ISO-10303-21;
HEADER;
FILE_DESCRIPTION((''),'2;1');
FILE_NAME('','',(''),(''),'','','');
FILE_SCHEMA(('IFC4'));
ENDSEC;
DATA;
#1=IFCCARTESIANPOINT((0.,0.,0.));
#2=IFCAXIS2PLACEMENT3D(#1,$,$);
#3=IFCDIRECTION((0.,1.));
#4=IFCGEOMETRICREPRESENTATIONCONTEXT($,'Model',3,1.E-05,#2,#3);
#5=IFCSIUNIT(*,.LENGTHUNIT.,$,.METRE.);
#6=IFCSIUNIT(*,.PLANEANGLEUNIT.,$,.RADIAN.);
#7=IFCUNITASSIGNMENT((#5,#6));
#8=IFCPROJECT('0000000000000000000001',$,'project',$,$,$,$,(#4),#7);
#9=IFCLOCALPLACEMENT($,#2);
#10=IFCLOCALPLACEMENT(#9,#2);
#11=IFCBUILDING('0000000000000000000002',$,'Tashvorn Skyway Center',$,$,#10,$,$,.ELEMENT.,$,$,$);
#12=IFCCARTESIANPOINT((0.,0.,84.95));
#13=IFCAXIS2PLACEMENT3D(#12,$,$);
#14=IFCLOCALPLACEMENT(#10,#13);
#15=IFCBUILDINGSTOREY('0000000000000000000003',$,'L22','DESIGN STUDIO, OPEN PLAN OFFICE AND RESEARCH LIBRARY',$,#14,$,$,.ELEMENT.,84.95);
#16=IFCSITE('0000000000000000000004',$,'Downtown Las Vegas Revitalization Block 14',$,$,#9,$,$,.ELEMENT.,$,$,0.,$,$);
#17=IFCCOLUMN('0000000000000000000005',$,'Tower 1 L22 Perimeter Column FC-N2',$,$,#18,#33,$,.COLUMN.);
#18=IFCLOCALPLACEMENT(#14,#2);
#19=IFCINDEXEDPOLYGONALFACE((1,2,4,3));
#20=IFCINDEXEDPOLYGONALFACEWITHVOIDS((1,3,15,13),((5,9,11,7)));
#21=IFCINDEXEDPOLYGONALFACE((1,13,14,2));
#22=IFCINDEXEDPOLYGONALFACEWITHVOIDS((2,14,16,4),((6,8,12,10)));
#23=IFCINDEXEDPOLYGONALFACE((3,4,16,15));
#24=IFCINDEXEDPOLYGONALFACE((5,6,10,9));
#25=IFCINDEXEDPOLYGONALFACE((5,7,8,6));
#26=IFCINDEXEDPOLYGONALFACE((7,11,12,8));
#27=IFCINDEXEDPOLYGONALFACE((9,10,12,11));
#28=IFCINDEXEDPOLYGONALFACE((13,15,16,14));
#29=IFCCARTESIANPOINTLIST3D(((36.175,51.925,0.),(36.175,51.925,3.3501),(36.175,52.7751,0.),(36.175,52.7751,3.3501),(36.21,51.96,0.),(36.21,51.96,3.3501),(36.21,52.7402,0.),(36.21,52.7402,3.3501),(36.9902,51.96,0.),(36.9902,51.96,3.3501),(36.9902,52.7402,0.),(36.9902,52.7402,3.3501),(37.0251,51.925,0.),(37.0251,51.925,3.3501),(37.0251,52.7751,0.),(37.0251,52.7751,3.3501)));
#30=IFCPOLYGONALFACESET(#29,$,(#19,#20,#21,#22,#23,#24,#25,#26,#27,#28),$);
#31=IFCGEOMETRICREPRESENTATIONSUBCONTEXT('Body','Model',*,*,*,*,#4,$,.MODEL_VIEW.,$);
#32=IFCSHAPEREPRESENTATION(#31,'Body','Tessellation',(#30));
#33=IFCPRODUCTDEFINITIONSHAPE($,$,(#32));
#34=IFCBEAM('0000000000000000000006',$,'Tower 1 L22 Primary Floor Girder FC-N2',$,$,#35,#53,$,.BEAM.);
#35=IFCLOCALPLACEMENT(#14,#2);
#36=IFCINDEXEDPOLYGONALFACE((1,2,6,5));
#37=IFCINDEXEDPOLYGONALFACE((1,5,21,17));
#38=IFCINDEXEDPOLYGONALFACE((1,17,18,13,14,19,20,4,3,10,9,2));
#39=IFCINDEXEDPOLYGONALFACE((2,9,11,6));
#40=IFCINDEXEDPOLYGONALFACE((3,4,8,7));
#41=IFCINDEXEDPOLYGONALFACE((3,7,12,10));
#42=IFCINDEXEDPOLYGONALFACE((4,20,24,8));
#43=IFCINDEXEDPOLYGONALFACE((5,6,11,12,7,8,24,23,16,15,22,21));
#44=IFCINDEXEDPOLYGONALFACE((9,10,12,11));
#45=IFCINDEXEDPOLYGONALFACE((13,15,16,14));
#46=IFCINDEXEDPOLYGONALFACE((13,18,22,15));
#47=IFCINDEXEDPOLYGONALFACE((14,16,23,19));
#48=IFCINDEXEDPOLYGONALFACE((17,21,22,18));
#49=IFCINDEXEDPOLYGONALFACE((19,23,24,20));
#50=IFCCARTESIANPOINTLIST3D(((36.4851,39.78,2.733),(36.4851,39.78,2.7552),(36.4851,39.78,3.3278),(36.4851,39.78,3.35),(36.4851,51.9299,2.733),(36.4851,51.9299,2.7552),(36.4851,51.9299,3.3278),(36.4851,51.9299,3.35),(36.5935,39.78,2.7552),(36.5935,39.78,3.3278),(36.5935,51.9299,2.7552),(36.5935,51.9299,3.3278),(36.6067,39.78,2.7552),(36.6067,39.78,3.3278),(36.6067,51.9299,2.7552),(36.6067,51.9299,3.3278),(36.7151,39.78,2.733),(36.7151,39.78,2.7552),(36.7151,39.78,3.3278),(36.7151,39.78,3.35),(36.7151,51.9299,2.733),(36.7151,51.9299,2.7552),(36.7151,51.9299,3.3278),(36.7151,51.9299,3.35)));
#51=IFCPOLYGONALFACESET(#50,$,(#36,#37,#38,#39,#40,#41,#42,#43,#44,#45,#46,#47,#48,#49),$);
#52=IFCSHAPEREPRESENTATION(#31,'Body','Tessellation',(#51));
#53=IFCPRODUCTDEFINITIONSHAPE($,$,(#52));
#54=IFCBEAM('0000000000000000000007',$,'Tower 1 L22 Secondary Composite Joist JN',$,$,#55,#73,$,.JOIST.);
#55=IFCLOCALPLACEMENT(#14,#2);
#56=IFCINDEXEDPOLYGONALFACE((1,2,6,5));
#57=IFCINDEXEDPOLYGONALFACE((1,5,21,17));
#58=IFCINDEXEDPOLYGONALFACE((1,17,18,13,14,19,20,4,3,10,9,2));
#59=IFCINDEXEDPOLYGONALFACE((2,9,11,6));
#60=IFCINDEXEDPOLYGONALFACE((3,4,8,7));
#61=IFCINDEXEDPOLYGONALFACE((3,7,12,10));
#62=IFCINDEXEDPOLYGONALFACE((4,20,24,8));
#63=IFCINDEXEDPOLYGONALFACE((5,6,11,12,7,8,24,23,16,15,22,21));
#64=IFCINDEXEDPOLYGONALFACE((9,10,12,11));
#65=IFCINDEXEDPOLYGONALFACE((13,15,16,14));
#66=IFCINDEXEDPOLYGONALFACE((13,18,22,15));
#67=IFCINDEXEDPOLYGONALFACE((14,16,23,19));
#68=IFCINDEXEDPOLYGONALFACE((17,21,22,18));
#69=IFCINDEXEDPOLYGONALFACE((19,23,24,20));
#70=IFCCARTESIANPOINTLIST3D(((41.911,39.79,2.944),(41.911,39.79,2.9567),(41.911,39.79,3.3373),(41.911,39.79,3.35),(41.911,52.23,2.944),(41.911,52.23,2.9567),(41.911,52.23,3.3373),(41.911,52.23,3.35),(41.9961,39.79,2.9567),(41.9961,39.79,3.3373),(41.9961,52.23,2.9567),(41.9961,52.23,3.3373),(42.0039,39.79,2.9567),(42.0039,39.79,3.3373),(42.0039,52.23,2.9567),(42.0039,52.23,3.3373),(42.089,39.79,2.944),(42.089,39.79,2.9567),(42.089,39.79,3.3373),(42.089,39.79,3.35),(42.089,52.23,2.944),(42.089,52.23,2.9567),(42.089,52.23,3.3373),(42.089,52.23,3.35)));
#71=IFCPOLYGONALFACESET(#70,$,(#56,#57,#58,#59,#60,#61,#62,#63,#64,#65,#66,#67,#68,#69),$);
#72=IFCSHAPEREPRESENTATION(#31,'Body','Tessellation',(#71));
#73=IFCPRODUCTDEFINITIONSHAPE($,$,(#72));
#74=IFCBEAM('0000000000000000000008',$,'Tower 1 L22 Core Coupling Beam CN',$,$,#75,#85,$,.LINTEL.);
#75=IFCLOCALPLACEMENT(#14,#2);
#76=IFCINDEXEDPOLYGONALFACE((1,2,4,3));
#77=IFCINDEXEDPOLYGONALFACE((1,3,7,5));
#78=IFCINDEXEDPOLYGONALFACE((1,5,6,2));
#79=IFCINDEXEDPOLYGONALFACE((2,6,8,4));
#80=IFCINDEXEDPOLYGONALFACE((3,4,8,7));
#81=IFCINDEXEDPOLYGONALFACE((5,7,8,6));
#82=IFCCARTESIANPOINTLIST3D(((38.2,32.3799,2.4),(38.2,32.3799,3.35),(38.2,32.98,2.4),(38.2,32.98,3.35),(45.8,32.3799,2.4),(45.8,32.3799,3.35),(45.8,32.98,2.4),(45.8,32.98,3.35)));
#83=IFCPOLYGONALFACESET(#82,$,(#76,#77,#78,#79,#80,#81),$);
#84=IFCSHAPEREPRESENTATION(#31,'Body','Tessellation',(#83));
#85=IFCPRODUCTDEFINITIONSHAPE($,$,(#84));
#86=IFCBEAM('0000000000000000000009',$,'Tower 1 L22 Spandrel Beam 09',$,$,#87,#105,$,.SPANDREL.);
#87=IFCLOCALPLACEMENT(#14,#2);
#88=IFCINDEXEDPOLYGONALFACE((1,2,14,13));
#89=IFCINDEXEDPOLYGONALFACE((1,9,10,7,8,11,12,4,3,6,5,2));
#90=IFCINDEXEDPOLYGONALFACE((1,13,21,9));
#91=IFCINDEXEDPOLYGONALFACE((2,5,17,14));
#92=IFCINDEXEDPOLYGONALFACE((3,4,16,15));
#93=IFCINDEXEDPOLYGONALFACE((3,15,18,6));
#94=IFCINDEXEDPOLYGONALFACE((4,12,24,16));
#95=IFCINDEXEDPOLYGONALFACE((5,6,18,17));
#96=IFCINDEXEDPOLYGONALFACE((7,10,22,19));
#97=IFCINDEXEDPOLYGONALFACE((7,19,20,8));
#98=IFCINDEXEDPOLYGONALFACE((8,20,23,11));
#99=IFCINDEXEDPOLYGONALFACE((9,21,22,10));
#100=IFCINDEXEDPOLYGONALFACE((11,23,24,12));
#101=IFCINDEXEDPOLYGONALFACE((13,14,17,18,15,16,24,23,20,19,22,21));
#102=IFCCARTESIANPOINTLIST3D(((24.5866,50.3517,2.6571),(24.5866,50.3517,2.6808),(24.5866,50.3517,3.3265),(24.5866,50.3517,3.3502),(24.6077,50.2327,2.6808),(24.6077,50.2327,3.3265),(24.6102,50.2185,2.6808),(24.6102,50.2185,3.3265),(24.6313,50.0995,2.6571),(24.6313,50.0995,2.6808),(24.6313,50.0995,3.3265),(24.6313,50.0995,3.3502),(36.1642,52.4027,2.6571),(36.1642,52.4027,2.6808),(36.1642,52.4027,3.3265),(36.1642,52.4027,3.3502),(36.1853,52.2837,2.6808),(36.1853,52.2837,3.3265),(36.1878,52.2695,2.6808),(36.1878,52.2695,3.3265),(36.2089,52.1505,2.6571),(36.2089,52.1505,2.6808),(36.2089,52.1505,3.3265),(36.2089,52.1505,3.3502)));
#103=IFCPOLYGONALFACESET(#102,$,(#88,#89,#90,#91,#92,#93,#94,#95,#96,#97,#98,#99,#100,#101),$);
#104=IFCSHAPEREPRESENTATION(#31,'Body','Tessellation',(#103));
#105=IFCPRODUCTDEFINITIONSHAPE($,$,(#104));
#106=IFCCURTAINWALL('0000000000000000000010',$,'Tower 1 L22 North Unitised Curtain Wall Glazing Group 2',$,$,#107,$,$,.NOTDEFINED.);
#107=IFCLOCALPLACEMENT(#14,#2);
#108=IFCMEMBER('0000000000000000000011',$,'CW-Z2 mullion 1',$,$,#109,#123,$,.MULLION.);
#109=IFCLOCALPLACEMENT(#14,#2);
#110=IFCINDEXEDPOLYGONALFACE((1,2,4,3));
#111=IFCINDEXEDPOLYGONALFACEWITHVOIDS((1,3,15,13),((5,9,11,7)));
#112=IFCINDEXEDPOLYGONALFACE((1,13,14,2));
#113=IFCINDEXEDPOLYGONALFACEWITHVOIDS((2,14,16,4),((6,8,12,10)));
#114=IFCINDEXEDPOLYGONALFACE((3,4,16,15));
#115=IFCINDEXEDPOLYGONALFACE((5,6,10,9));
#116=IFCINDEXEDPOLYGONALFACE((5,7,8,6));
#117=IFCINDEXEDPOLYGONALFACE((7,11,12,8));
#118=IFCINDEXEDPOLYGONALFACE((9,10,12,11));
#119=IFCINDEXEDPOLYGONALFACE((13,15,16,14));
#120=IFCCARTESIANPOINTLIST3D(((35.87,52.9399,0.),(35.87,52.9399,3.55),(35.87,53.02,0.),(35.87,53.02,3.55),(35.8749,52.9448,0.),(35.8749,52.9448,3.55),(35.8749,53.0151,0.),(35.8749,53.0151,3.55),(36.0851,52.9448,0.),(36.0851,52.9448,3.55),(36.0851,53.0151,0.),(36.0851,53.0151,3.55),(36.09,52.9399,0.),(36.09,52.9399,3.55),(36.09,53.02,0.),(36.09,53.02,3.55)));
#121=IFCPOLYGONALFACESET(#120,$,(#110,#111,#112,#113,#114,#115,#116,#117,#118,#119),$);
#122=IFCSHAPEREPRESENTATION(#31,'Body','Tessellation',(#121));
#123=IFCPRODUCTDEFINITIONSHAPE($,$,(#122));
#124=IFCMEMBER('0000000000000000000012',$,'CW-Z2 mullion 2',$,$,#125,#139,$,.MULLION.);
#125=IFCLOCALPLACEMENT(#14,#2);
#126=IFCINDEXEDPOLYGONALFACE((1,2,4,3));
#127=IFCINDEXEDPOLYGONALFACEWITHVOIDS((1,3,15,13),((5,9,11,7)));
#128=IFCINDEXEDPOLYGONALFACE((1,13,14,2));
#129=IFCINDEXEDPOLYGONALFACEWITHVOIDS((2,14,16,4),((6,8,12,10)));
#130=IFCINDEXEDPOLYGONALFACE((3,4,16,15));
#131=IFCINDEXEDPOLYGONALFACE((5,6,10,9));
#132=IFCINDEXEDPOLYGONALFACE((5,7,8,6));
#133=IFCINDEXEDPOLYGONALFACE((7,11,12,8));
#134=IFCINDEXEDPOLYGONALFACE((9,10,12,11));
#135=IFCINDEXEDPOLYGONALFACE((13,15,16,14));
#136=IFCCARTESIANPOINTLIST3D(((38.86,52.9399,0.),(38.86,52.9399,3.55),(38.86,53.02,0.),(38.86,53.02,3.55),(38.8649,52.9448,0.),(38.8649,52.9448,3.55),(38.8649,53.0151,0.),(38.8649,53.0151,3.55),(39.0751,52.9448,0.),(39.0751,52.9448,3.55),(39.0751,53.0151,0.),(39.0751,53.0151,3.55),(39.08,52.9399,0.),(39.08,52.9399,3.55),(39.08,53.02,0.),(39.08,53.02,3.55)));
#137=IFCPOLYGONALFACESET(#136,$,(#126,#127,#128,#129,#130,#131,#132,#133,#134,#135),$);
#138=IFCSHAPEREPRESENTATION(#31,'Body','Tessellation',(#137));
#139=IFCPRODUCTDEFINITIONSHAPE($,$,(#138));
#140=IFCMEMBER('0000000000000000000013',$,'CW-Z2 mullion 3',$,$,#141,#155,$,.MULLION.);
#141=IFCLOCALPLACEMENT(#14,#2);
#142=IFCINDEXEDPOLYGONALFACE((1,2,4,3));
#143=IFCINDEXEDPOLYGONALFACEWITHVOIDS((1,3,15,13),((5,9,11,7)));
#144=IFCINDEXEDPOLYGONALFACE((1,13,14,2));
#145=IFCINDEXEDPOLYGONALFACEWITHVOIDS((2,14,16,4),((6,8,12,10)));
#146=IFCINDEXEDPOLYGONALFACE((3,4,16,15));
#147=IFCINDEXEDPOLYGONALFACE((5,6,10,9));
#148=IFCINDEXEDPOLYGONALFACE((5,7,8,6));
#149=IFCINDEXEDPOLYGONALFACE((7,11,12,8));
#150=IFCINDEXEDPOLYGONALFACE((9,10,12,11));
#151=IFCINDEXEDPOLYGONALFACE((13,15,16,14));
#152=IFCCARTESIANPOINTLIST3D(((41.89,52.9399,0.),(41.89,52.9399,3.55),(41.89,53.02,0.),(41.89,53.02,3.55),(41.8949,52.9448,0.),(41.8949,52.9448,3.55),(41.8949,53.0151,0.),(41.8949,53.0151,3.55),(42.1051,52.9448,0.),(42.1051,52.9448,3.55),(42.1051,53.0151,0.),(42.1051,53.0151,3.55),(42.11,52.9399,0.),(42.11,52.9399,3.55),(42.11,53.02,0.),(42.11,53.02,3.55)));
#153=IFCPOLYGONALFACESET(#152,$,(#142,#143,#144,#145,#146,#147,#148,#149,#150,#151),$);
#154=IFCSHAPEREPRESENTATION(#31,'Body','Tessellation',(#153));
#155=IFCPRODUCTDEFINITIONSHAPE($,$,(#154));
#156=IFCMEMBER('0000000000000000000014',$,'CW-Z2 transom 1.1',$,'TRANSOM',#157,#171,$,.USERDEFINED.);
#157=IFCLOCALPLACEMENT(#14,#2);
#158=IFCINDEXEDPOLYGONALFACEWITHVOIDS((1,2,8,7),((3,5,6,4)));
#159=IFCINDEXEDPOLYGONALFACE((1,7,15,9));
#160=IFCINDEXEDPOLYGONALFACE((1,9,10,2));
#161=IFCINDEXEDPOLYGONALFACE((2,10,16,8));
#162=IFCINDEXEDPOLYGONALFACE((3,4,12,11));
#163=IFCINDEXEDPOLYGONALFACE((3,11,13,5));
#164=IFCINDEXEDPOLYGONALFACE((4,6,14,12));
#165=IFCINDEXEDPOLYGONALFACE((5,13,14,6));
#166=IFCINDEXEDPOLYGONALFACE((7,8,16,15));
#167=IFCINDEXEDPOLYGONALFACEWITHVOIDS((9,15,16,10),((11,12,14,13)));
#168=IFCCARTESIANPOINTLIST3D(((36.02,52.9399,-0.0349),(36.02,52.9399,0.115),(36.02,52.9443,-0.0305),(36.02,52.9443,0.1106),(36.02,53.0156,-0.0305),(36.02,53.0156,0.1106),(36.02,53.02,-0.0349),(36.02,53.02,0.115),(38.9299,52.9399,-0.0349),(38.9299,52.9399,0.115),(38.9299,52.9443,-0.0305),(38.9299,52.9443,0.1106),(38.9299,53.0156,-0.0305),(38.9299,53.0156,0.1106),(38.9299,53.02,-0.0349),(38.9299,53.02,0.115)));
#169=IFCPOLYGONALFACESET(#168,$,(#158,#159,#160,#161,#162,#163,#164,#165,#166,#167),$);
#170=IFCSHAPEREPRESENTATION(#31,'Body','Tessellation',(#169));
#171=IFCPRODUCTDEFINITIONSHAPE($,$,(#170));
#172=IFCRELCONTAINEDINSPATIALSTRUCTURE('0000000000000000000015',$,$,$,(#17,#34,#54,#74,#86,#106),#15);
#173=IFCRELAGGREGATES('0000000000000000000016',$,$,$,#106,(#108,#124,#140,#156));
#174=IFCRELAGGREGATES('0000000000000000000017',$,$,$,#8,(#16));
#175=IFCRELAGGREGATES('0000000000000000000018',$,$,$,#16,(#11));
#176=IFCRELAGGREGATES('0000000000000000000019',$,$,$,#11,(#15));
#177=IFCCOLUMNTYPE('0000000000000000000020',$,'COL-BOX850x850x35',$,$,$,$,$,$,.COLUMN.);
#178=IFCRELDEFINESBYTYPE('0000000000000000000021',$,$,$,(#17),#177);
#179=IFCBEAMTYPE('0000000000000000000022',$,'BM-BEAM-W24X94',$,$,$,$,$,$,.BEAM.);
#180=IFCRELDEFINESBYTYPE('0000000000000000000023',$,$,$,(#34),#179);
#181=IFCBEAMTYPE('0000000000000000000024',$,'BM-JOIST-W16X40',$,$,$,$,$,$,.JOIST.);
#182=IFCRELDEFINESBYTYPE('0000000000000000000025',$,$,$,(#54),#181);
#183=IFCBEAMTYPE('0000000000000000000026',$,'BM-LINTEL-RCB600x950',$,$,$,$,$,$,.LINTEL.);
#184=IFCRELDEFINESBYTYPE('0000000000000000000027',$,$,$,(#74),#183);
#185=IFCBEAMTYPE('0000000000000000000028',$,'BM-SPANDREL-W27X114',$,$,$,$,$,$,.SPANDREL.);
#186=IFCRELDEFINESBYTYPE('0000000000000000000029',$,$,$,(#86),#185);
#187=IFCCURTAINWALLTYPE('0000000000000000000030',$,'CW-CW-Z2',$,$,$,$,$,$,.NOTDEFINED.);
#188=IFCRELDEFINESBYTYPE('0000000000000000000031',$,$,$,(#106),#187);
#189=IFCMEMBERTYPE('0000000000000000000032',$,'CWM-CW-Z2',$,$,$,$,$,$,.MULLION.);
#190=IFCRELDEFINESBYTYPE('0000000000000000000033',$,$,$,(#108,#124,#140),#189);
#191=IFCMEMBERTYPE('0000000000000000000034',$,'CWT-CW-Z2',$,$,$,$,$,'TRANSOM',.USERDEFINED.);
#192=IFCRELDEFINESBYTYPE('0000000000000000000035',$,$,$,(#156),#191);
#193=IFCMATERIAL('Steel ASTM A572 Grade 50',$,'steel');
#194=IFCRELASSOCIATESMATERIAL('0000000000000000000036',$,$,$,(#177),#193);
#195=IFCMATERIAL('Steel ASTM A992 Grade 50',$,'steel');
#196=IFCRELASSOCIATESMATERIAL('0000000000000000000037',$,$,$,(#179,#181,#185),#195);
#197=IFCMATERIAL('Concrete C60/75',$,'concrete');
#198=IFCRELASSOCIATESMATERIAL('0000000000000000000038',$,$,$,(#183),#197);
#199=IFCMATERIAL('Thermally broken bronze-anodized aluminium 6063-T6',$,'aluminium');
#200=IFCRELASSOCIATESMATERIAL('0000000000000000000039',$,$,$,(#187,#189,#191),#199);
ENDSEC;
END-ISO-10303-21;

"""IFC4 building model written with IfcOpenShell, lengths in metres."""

from ifc_helpers import new_model, si_unit, direction, frame, origin, origin_2d, place, context, subcontext, project, spatial, rectangle, hollow_rectangle, i_section, extrude, material, material_profile, profile_set, type_object, element, aggregate, save


model = new_model("IFC4")

# Units and contexts
model_context = context("Model", 3, precision=1e-05, world=origin(), true_north=direction((0.0, 1.0)))
body_context = subcontext(model_context, "Body", "Model", "MODEL_VIEW")
ifc_project = project(units=[si_unit("LENGTHUNIT", "METRE"), si_unit("PLANEANGLEUNIT", "RADIAN")], contexts=[model_context])

# Site, building, storey
site_placement = place(None, origin())
site = spatial("IfcSite", under=ifc_project, at=site_placement, Name="Downtown Las Vegas Revitalization Block 14", CompositionType="ELEMENT", RefElevation=0.0)
building_placement = place(site_placement, origin())
building = spatial("IfcBuilding", under=site, at=building_placement, Name="Tashvorn Skyway Center", CompositionType="ELEMENT")
storey_placement = place(building_placement, frame((0.0, 0.0, 84.95)))
storey = spatial("IfcBuildingStorey", under=building, at=storey_placement, Name="L22", Description="DESIGN STUDIO, OPEN PLAN OFFICE AND RESEARCH LIBRARY", CompositionType="ELEMENT", Elevation=84.95)

# Column
ifc_material_1 = material(Name="Steel ASTM A572 Grade 50", Category="steel")
ifc_material_profile_1 = material_profile(ifc_material_1, hollow_rectangle(XDim=0.8501, YDim=0.8501, WallThickness=0.0349, at=origin_2d()), Name="BOX850x850x35")
ifc_profile_set_1 = profile_set([ifc_material_profile_1], Name="Steel ASTM A572 Grade 50")
column_type = type_object("IfcColumnType", Name="COL-BOX850x850x35", PredefinedType="COLUMN", material=ifc_profile_set_1)
column_placement = place(storey_placement, frame((36.6001, 52.3501, 0.0), z_axis=(0.0, 0.0, 1.0), x_axis=(1.0, 0.0, 0.0)))
element("IfcColumn", 1, at=column_placement, inside=storey, type_object=column_type, Name="Tower 1 L22 Perimeter Column FC-N2", PredefinedType="COLUMN", context=body_context, shape_type="SweptSolid", body=[
    extrude(hollow_rectangle(XDim=0.8501, YDim=0.8501, WallThickness=0.0349, at=origin_2d()), origin(), (0.0, 0.0, 1.0), 3.3501),
])

# Beams
ifc_material_2 = material(Name="Steel ASTM A992 Grade 50", Category="steel")
ifc_material_profile_2 = material_profile(ifc_material_2, i_section(OverallWidth=0.23, OverallDepth=0.6169, WebThickness=0.0132, FlangeThickness=0.0222, at=origin_2d()), Name="W24X94")
ifc_profile_set_2 = profile_set([ifc_material_profile_2], Name="Steel ASTM A992 Grade 50")
beam_type_1 = type_object("IfcBeamType", Name="BM-BEAM-W24X94", PredefinedType="BEAM", material=ifc_profile_set_2)
beam_1_placement = place(storey_placement, frame((36.6001, 51.9299, 3.0415), z_axis=(0.0, -1.0, 0.0), x_axis=(1.0, 0.0, 0.0)))
element("IfcBeam", 2, at=beam_1_placement, inside=storey, type_object=beam_type_1, Name="Tower 1 L22 Primary Floor Girder FC-N2", PredefinedType="BEAM", context=body_context, shape_type="SweptSolid", body=[
    extrude(i_section(OverallWidth=0.23, OverallDepth=0.6169, WebThickness=0.0132, FlangeThickness=0.0222, at=origin_2d()), origin(), (0.0, 0.0, 1.0), 12.1499),
])
ifc_material_profile_3 = material_profile(ifc_material_2, i_section(OverallWidth=0.178, OverallDepth=0.406, WebThickness=0.0078, FlangeThickness=0.0127, at=origin_2d()), Name="W16X40")
ifc_profile_set_3 = profile_set([ifc_material_profile_3], Name="Steel ASTM A992 Grade 50")
beam_type_2 = type_object("IfcBeamType", Name="BM-JOIST-W16X40", PredefinedType="JOIST", material=ifc_profile_set_3)
beam_2_placement = place(storey_placement, frame((42.0, 39.79, 3.147), z_axis=(0.0, 1.0, 0.0), x_axis=(-1.0, 0.0, 0.0)))
element("IfcBeam", 3, at=beam_2_placement, inside=storey, type_object=beam_type_2, Name="Tower 1 L22 Secondary Composite Joist JN", PredefinedType="JOIST", context=body_context, shape_type="SweptSolid", body=[
    extrude(i_section(OverallWidth=0.178, OverallDepth=0.406, WebThickness=0.0078, FlangeThickness=0.0127, at=origin_2d()), origin(), (0.0, 0.0, 1.0), 12.4399),
])
ifc_material_3 = material(Name="Concrete C60/75", Category="concrete")
ifc_material_profile_4 = material_profile(ifc_material_3, rectangle(XDim=0.6001, YDim=0.95, at=origin_2d()), Name="RCB600x950")
ifc_profile_set_4 = profile_set([ifc_material_profile_4], Name="Concrete C60/75")
beam_type_3 = type_object("IfcBeamType", Name="BM-LINTEL-RCB600x950", PredefinedType="LINTEL", material=ifc_profile_set_4)
beam_3_placement = place(storey_placement, frame((38.2, 32.6799, 2.875), z_axis=(1.0, 0.0, 0.0), x_axis=(0.0, 1.0, 0.0)))
element("IfcBeam", 4, at=beam_3_placement, inside=storey, type_object=beam_type_3, Name="Tower 1 L22 Core Coupling Beam CN", PredefinedType="LINTEL", context=body_context, shape_type="SweptSolid", body=[
    extrude(rectangle(XDim=0.6001, YDim=0.95, at=origin_2d()), origin(), (0.0, 0.0, 1.0), 7.6001),
])
ifc_material_profile_5 = material_profile(ifc_material_2, i_section(OverallWidth=0.2561, OverallDepth=0.6931, WebThickness=0.0144, FlangeThickness=0.0237, at=origin_2d()), Name="W27X114")
ifc_profile_set_5 = profile_set([ifc_material_profile_5], Name="Steel ASTM A992 Grade 50")
beam_type_4 = type_object("IfcBeamType", Name="BM-SPANDREL-W27X114", PredefinedType="SPANDREL", material=ifc_profile_set_5)
beam_4_placement = place(storey_placement, frame((36.1865, 52.2766, 3.0037), z_axis=(-0.984668, -0.174438, 0.0), x_axis=(0.174438, -0.984668, 0.0)))
element("IfcBeam", 5, at=beam_4_placement, inside=storey, type_object=beam_type_4, Name="Tower 1 L22 Spandrel Beam 09", PredefinedType="SPANDREL", context=body_context, shape_type="SweptSolid", body=[
    extrude(i_section(OverallWidth=0.2561, OverallDepth=0.6931, WebThickness=0.0144, FlangeThickness=0.0237, at=origin_2d()), origin(), (0.0, 0.0, 1.0), 11.7578),
])

# Curtain wall, members
ifc_material_4 = material(Name="Thermally broken bronze-anodized aluminium 6063-T6", Category="aluminium")
curtain_wall_type = type_object("IfcCurtainWallType", Name="CW-CW-Z2", PredefinedType="NOTDEFINED", material=ifc_material_4)
curtain_wall_placement = place(storey_placement, origin())
curtain_wall = element("IfcCurtainWall", 6, at=curtain_wall_placement, inside=storey, type_object=curtain_wall_type, Name="Tower 1 L22 North Unitised Curtain Wall Glazing Group 2", PredefinedType="NOTDEFINED")
ifc_material_profile_6 = material_profile(ifc_material_4, hollow_rectangle(XDim=0.0801, YDim=0.22, WallThickness=0.0049, at=origin_2d()), Name="ALU-MULL-80x220")
ifc_profile_set_6 = profile_set([ifc_material_profile_6], Name="Thermally broken bronze-anodized aluminium 6063-T6")
member_type_1 = type_object("IfcMemberType", Name="CWM-CW-Z2", PredefinedType="MULLION", material=ifc_profile_set_6)
member_1_placement = place(storey_placement, frame((35.98, 52.98, 0.0), z_axis=(0.0, 0.0, 1.0), x_axis=(0.0, 1.0, 0.0)))
member_1 = element("IfcMember", 7, at=member_1_placement, type_object=member_type_1, Name="CW-Z2 mullion 1", PredefinedType="MULLION", context=body_context, shape_type="SweptSolid", body=[
    extrude(hollow_rectangle(XDim=0.0801, YDim=0.22, WallThickness=0.0049, at=origin_2d()), origin(), (0.0, 0.0, 1.0), 3.55),
])
member_2_placement = place(storey_placement, frame((38.97, 52.98, 0.0), z_axis=(0.0, 0.0, 1.0), x_axis=(0.0, 1.0, 0.0)))
member_2 = element("IfcMember", 8, at=member_2_placement, type_object=member_type_1, Name="CW-Z2 mullion 2", PredefinedType="MULLION", context=body_context, shape_type="SweptSolid", body=[
    extrude(hollow_rectangle(XDim=0.0801, YDim=0.22, WallThickness=0.0049, at=origin_2d()), origin(), (0.0, 0.0, 1.0), 3.55),
])
member_3_placement = place(storey_placement, frame((42.0, 52.98, 0.0), z_axis=(0.0, 0.0, 1.0), x_axis=(0.0, 1.0, 0.0)))
member_3 = element("IfcMember", 9, at=member_3_placement, type_object=member_type_1, Name="CW-Z2 mullion 3", PredefinedType="MULLION", context=body_context, shape_type="SweptSolid", body=[
    extrude(hollow_rectangle(XDim=0.0801, YDim=0.22, WallThickness=0.0049, at=origin_2d()), origin(), (0.0, 0.0, 1.0), 3.55),
])
ifc_material_profile_7 = material_profile(ifc_material_4, hollow_rectangle(XDim=0.0801, YDim=0.1499, WallThickness=0.0044, at=origin_2d()), Name="ALU-TRAN-80x150")
ifc_profile_set_7 = profile_set([ifc_material_profile_7], Name="Thermally broken bronze-anodized aluminium 6063-T6")
member_type_2 = type_object("IfcMemberType", Name="CWT-CW-Z2", ElementType="TRANSOM", PredefinedType="USERDEFINED", material=ifc_profile_set_7)
member_4_placement = place(storey_placement, frame((36.02, 52.98, 0.04), z_axis=(1.0, 0.0, 0.0), x_axis=(0.0, 1.0, 0.0)))
member_4 = element("IfcMember", 10, at=member_4_placement, type_object=member_type_2, Name="CW-Z2 transom 1.1", ObjectType="TRANSOM", PredefinedType="USERDEFINED", context=body_context, shape_type="SweptSolid", body=[
    extrude(hollow_rectangle(XDim=0.0801, YDim=0.1499, WallThickness=0.0044, at=origin_2d()), origin(), (0.0, 0.0, 1.0), 2.9099),
])
aggregate(curtain_wall, [member_1, member_2, member_3, member_4])

save(model, "model.ifc")
